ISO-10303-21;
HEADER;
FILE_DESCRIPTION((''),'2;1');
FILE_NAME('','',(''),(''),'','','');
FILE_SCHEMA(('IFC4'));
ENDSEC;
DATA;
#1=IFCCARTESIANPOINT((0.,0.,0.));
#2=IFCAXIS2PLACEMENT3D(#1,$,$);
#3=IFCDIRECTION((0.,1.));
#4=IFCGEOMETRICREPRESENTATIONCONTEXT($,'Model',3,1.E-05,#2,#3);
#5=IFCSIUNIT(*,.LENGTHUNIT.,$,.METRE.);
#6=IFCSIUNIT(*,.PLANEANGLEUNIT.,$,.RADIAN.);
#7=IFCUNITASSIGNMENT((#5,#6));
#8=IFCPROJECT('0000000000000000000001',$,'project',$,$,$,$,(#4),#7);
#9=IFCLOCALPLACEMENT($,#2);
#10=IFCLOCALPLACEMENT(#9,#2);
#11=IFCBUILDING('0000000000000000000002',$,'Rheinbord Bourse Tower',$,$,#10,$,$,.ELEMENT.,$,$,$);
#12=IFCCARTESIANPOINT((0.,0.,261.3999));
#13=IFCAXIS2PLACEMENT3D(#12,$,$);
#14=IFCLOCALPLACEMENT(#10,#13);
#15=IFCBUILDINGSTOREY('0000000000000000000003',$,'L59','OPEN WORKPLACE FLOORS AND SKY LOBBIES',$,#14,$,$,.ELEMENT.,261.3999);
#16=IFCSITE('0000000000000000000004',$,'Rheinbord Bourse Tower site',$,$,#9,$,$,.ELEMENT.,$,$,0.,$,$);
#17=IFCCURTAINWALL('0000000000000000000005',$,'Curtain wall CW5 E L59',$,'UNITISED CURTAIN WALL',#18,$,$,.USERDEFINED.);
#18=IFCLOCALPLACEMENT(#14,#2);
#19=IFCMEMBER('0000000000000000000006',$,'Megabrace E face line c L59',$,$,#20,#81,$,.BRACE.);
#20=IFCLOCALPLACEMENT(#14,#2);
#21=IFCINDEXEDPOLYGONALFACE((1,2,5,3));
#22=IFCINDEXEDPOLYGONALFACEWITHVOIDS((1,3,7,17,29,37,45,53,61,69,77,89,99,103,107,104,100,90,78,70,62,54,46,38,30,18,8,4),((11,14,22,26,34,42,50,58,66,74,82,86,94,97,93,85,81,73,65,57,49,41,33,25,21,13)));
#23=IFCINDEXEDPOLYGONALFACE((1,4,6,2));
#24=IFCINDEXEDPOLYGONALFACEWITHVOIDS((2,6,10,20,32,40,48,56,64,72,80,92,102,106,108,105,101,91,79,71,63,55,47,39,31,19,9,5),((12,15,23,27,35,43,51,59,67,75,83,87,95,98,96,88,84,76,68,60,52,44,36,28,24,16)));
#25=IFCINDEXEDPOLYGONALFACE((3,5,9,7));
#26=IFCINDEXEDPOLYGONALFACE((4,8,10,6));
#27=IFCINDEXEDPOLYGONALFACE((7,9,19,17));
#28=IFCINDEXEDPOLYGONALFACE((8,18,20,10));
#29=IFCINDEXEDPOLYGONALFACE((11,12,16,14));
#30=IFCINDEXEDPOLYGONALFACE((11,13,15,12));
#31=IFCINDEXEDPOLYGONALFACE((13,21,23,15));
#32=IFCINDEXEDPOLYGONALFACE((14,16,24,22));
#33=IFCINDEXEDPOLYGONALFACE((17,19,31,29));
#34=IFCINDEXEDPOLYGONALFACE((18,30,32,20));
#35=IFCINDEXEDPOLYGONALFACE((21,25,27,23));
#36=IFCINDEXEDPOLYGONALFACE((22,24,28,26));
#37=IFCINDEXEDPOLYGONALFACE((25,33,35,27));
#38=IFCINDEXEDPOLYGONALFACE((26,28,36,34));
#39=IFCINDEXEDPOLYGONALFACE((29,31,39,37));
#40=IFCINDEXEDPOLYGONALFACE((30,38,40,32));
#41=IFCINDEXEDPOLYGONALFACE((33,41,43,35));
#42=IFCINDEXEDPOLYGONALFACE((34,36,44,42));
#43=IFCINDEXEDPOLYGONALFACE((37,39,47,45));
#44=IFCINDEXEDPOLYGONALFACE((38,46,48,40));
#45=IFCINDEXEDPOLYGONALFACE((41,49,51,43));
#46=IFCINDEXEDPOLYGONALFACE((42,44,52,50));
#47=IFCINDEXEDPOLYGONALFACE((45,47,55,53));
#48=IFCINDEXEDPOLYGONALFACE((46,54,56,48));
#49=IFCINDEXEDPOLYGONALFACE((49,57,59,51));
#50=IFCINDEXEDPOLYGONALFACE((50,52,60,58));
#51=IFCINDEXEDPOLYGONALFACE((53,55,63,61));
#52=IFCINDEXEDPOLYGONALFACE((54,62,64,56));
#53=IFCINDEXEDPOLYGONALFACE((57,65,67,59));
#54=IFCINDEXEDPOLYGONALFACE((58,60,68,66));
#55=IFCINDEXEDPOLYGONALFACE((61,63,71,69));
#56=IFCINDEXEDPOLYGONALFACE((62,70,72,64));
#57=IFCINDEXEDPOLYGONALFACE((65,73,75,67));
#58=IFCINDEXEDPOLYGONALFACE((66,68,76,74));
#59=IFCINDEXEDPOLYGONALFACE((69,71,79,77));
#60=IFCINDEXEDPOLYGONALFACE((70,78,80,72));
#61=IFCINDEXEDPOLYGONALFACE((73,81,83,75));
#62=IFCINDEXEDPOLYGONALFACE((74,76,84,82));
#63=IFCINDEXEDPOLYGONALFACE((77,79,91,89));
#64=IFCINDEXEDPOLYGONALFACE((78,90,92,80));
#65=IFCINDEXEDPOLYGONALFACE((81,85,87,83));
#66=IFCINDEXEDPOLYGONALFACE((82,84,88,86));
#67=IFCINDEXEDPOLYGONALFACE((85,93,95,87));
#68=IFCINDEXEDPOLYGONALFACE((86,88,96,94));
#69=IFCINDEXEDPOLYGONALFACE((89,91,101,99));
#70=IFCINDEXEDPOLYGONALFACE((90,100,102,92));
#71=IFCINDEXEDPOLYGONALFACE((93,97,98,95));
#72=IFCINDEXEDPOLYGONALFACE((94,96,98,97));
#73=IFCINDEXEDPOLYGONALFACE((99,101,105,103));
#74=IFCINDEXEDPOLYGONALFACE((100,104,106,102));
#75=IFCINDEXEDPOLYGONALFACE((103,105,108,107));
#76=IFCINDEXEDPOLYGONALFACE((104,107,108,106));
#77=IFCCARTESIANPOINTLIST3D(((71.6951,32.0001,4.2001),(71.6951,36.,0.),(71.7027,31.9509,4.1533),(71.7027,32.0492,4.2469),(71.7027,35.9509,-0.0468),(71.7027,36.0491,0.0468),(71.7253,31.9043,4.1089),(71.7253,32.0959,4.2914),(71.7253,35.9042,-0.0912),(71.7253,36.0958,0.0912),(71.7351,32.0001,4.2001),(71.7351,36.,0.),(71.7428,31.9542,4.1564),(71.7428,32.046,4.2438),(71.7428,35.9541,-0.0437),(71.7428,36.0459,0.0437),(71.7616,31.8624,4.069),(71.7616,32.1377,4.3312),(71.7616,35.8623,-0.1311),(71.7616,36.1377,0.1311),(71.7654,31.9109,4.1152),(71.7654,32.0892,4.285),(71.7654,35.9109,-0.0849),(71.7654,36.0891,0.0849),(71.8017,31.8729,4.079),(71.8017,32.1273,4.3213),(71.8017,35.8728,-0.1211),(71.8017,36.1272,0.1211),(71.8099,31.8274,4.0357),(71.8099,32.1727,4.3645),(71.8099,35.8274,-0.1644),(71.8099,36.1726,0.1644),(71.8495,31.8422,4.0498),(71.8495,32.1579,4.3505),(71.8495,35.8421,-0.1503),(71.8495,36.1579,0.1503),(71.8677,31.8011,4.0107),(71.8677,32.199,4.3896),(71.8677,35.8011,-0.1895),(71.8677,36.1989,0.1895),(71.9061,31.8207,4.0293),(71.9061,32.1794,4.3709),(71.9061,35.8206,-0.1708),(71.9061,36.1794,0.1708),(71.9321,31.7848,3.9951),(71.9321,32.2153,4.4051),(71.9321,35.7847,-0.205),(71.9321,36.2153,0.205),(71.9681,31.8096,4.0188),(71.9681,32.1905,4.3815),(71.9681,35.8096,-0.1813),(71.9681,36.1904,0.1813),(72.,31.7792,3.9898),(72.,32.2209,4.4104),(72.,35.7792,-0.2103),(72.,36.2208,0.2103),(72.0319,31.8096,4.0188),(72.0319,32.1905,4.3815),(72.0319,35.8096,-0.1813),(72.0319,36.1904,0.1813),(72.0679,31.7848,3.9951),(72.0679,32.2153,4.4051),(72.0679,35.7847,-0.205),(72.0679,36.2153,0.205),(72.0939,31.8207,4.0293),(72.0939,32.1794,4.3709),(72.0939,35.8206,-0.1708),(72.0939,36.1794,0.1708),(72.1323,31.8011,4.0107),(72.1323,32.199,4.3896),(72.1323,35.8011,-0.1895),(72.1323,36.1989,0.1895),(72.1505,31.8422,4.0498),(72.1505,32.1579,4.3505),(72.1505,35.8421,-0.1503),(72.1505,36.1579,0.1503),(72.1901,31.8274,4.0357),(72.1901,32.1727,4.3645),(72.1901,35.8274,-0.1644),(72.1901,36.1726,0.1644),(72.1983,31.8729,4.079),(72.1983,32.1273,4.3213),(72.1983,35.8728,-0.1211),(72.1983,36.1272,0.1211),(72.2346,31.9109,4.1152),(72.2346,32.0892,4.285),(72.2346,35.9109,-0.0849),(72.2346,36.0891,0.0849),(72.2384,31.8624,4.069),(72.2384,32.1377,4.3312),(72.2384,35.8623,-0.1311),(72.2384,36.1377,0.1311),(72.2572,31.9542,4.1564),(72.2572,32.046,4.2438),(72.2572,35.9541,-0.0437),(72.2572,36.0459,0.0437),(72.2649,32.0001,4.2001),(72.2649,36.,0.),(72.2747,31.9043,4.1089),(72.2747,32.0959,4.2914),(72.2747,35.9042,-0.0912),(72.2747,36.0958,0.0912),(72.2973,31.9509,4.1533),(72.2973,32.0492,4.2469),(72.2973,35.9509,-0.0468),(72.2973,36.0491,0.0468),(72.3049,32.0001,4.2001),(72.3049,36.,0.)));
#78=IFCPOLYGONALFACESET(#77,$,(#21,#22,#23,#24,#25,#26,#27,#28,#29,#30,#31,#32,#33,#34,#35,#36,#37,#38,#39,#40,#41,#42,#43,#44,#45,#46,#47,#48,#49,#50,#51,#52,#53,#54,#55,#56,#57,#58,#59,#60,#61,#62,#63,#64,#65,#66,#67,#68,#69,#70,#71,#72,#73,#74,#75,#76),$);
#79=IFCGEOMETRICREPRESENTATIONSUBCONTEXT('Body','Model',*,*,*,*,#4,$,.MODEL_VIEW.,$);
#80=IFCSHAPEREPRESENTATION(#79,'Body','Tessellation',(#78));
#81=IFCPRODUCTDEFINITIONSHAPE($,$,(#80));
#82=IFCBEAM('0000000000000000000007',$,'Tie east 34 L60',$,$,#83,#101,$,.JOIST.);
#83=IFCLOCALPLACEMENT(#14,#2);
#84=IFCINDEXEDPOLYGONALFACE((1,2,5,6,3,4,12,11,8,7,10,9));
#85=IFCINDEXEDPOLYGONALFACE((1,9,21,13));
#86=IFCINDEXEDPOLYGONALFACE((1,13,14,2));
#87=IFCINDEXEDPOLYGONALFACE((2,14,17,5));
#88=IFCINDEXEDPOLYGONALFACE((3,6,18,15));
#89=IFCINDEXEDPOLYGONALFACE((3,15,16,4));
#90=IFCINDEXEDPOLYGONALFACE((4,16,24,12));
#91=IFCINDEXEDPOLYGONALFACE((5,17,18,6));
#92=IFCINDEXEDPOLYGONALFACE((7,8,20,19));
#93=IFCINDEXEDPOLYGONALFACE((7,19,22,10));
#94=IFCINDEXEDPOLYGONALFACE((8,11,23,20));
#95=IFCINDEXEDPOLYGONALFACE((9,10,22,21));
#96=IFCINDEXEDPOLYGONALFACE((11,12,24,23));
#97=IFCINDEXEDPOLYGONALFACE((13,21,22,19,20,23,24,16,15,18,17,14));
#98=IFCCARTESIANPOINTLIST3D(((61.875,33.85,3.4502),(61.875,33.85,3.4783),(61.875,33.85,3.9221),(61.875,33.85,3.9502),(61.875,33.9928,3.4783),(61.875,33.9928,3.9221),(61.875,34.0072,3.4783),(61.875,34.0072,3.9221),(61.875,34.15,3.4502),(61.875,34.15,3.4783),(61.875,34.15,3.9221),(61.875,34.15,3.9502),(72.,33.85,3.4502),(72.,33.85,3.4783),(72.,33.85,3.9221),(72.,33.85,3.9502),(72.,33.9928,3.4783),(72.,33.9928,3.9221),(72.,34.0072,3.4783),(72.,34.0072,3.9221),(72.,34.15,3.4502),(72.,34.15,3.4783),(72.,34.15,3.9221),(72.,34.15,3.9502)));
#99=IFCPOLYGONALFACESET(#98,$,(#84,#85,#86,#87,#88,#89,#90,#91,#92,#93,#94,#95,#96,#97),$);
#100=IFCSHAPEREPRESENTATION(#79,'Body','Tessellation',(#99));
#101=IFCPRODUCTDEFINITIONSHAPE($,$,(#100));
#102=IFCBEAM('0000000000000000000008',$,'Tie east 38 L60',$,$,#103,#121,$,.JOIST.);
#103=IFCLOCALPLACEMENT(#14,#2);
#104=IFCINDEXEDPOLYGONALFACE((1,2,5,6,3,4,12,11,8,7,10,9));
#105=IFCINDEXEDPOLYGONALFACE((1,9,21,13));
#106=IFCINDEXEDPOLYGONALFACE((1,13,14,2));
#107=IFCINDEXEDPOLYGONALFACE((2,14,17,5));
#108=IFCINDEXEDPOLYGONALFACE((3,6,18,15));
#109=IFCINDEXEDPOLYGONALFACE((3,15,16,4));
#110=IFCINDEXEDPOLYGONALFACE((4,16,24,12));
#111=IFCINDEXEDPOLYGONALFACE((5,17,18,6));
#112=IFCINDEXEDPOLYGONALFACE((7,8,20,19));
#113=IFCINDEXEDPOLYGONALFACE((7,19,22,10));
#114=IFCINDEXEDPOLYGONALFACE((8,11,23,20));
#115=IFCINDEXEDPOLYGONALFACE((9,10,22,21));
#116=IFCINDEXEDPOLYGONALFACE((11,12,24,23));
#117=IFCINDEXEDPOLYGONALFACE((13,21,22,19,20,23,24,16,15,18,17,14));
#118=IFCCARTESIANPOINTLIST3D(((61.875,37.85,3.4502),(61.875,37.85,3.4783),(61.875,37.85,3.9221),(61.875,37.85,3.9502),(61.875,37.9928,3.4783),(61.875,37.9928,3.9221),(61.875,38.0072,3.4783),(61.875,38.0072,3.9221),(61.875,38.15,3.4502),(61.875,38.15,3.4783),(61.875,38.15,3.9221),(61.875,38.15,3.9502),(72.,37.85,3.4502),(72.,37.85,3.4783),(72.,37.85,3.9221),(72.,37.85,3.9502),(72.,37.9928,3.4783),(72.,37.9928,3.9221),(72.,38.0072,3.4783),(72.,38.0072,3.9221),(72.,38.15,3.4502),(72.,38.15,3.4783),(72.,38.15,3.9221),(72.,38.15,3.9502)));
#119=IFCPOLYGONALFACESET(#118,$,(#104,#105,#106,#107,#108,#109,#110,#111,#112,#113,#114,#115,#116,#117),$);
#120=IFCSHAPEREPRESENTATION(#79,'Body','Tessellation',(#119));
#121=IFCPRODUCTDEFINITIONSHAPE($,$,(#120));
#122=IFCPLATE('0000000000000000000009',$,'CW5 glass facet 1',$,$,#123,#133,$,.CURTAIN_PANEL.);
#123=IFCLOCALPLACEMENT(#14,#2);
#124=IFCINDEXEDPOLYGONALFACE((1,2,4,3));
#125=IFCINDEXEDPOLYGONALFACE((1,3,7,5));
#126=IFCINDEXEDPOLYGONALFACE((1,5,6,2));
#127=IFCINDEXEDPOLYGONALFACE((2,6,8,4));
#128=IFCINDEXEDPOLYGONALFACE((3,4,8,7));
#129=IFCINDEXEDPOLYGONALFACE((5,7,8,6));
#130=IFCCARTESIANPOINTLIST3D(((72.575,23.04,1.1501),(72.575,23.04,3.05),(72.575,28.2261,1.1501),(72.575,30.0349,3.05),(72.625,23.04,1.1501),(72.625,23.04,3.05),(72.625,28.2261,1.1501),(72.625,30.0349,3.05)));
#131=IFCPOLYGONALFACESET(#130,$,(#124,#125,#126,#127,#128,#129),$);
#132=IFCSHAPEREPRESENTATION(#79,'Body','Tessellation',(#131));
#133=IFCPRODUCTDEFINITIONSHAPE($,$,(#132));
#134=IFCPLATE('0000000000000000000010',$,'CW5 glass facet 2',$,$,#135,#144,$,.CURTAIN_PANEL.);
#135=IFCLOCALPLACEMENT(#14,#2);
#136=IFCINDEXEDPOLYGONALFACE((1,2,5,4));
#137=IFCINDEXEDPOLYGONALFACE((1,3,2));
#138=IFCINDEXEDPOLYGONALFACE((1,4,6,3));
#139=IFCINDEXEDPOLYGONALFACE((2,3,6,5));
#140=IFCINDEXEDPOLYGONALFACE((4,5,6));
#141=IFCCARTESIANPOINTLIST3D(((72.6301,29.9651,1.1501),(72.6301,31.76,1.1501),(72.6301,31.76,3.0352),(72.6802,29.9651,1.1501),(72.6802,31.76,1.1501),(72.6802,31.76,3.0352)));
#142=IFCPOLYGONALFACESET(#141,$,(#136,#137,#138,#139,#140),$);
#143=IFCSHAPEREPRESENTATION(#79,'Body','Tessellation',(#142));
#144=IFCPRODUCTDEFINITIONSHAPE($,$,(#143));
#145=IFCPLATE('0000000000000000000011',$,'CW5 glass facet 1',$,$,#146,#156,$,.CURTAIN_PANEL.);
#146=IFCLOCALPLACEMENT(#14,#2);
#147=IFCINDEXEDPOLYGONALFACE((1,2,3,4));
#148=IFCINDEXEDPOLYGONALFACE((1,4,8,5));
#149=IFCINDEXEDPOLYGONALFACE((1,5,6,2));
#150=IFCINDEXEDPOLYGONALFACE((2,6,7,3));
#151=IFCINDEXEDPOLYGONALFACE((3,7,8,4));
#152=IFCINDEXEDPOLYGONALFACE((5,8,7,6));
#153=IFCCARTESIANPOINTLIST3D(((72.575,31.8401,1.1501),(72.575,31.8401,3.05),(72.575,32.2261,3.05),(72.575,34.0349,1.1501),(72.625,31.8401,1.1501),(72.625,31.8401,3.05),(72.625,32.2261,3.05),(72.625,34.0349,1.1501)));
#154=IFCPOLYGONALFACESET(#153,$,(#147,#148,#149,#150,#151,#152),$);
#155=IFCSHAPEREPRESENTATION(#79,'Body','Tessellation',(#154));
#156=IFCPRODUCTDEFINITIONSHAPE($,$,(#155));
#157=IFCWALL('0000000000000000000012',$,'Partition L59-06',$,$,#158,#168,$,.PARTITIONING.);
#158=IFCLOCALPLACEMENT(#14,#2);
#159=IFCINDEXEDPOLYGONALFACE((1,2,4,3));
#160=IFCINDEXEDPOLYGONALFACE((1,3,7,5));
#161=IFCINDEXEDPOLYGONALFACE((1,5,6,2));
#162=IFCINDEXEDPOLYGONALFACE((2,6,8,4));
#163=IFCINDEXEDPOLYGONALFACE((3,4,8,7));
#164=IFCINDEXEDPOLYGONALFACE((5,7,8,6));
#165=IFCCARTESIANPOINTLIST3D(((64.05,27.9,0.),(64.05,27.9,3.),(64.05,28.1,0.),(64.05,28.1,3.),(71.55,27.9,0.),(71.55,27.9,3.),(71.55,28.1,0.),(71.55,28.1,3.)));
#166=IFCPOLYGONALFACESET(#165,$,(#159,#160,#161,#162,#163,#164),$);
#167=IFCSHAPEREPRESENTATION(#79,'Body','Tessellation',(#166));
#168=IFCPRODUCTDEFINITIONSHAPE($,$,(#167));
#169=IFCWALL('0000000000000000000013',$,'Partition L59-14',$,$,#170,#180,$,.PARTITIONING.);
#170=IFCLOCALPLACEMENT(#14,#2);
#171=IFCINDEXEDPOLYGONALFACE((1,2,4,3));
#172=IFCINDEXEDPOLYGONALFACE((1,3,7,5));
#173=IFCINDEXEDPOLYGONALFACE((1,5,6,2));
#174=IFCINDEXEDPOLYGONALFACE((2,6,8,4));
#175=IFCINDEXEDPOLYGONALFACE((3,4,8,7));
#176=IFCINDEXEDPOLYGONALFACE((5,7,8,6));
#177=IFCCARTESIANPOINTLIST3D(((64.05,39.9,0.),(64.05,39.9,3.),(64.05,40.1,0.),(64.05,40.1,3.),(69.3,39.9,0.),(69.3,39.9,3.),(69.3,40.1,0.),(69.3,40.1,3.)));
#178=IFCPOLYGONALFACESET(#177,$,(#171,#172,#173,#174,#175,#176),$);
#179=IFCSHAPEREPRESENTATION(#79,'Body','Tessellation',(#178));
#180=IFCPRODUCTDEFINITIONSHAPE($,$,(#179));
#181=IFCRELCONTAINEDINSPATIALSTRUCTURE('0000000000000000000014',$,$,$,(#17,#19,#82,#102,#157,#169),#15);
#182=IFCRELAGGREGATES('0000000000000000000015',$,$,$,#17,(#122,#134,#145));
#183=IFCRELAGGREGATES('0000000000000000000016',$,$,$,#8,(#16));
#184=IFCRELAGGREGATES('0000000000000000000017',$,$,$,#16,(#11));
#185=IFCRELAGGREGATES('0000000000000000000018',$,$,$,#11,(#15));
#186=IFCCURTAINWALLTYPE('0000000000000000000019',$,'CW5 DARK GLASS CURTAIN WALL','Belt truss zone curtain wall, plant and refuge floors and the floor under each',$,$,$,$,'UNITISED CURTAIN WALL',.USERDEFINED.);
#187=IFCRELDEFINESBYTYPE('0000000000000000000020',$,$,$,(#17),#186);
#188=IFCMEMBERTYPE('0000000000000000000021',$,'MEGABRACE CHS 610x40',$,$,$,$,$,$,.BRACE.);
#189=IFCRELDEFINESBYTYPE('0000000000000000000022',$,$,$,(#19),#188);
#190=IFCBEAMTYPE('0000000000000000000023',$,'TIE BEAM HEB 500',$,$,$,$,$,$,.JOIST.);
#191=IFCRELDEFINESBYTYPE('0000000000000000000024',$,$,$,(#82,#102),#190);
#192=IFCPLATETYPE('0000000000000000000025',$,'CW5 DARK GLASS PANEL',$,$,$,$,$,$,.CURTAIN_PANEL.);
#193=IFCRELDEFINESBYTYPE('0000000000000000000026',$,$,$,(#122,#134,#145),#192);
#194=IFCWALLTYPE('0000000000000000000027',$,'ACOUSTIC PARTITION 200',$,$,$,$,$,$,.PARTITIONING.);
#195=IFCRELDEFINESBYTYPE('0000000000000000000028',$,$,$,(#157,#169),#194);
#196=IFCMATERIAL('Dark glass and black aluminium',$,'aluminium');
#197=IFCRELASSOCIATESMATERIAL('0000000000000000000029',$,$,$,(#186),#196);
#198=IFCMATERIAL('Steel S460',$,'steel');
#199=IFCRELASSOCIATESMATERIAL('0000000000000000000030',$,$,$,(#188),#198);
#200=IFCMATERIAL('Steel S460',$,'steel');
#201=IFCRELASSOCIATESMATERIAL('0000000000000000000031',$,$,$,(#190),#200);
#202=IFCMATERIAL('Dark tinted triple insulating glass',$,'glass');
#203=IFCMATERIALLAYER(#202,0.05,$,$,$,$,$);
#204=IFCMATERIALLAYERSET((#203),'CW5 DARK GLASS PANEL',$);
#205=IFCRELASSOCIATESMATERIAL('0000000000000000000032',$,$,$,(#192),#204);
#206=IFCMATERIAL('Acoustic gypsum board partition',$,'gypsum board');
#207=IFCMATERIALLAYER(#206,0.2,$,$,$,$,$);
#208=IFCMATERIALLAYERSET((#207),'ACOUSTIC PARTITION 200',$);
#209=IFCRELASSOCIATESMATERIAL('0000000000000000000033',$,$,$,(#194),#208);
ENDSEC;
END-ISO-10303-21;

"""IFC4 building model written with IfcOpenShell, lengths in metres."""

from ifc_helpers import new_model, si_unit, direction, frame, frame_2d, origin, origin_2d, place, context, subcontext, project, spatial, polyline, rectangle, hollow_circle, i_section, outline, extrude, material, layer, layer_set, material_profile, profile_set, type_object, element, aggregate, save


model = new_model("IFC4")

# Units and contexts
model_context = context("Model", 3, precision=1e-05, world=origin(), true_north=direction((0.0, 1.0)))
body_context = subcontext(model_context, "Body", "Model", "MODEL_VIEW")
ifc_project = project(units=[si_unit("LENGTHUNIT", "METRE"), si_unit("PLANEANGLEUNIT", "RADIAN")], contexts=[model_context])

# Site, building, storey
site_placement = place(None, origin())
site = spatial("IfcSite", under=ifc_project, at=site_placement, Name="Rheinbord Bourse Tower site", CompositionType="ELEMENT", RefElevation=0.0)
building_placement = place(site_placement, origin())
building = spatial("IfcBuilding", under=site, at=building_placement, Name="Rheinbord Bourse Tower", CompositionType="ELEMENT")
storey_placement = place(building_placement, frame((0.0, 0.0, 261.3999)))
storey = spatial("IfcBuildingStorey", under=building, at=storey_placement, Name="L59", Description="OPEN WORKPLACE FLOORS AND SKY LOBBIES", CompositionType="ELEMENT", Elevation=261.3999)

# Curtain wall
ifc_material_1 = material(Name="Dark glass and black aluminium", Category="aluminium")
curtain_wall_type = type_object("IfcCurtainWallType", Name="CW5 DARK GLASS CURTAIN WALL", Description="Belt truss zone curtain wall, plant and refuge floors and the floor under each", ElementType="UNITISED CURTAIN WALL", PredefinedType="USERDEFINED", material=ifc_material_1)
curtain_wall_placement = place(storey_placement, origin())
curtain_wall = element("IfcCurtainWall", 1, at=curtain_wall_placement, inside=storey, type_object=curtain_wall_type, Name="Curtain wall CW5 E L59", ObjectType="UNITISED CURTAIN WALL", PredefinedType="USERDEFINED")

# Member
ifc_material_2 = material(Name="Steel S460", Category="steel")
ifc_material_profile_1 = material_profile(ifc_material_2, hollow_circle(Radius=0.3049, WallThickness=0.04, at=origin_2d()), Name="CHS 610x40")
ifc_profile_set_1 = profile_set([ifc_material_profile_1], Name="Steel S460")
member_type_1 = type_object("IfcMemberType", Name="MEGABRACE CHS 610x40", PredefinedType="BRACE", material=ifc_profile_set_1)
for number, where, z_axis, x_axis, name in (
    (2, (72.0, 36.0, 0.0), (0.0, -0.689638, 0.724154), (1.0, 0.0, 0.0), "Megabrace E face line c L59"),
):
    element("IfcMember", number, at=place(storey_placement, frame(where, z_axis=z_axis, x_axis=x_axis)), inside=storey, type_object=member_type_1, Name=name, PredefinedType="BRACE", context=body_context, shape_type="SweptSolid", body=[
        extrude(hollow_circle(Radius=0.3049, WallThickness=0.04, at=origin_2d()), origin(), (0.0, 0.0, 1.0), 5.8),
    ])

# Beams
ifc_material_3 = material(Name="Steel S460", Category="steel")
ifc_material_profile_2 = material_profile(ifc_material_3, i_section(OverallWidth=0.3, OverallDepth=0.5, WebThickness=0.0144, FlangeThickness=0.0281, at=origin_2d()), Name="HEB 500")
ifc_profile_set_2 = profile_set([ifc_material_profile_2], Name="Steel S460")
beam_type_1 = type_object("IfcBeamType", Name="TIE BEAM HEB 500", PredefinedType="JOIST", material=ifc_profile_set_2)
for number, where, z_axis, x_axis, name in (
    (3, (61.875, 34.0, 3.7002), (1.0, 0.0, 0.0), (0.0, 1.0, 0.0), "Tie east 34 L60"),
    (4, (61.875, 38.0, 3.7002), (1.0, 0.0, 0.0), (0.0, 1.0, 0.0), "Tie east 38 L60"),
):
    element("IfcBeam", number, at=place(storey_placement, frame(where, z_axis=z_axis, x_axis=x_axis)), inside=storey, type_object=beam_type_1, Name=name, PredefinedType="JOIST", context=body_context, shape_type="SweptSolid", body=[
        extrude(i_section(OverallWidth=0.3, OverallDepth=0.5, WebThickness=0.0144, FlangeThickness=0.0281, at=origin_2d()), origin(), (0.0, 0.0, 1.0), 10.125),
    ])

# Plates
ifc_material_4 = material(Name="Dark tinted triple insulating glass", Category="glass")
ifc_layer_1 = layer(ifc_material_4, 0.05)
ifc_layer_set_1 = layer_set([ifc_layer_1], Name="CW5 DARK GLASS PANEL")
plate_type = type_object("IfcPlateType", Name="CW5 DARK GLASS PANEL", PredefinedType="CURTAIN_PANEL", material=ifc_layer_set_1)
plate_1_placement = place(storey_placement, frame((72.625, 23.04, 1.1501), z_axis=(-1.0, 0.0, 0.0), x_axis=(0.0, 0.0, 1.0)))
plate_1 = element("IfcPlate", 5, at=plate_1_placement, type_object=plate_type, Name="CW5 glass facet 1", PredefinedType="CURTAIN_PANEL", context=body_context, shape_type="SweptSolid", body=[
    extrude(outline(polyline([(0.0, 0.0), (1.8999, 0.0), (1.8999, 6.9949), (0.0, 5.186), (0.0, 0.0)])), origin(), (0.0, 0.0, 1.0), 0.05),
])
plate_2_placement = place(storey_placement, frame((72.6802, 31.76, 1.1501), z_axis=(-1.0, 0.0, 0.0), x_axis=(0.0, -1.0, 0.0)))
plate_2 = element("IfcPlate", 6, at=plate_2_placement, type_object=plate_type, Name="CW5 glass facet 2", PredefinedType="CURTAIN_PANEL", context=body_context, shape_type="SweptSolid", body=[
    extrude(outline(polyline([(0.0, 0.0), (1.7949, 0.0), (0.0, 1.885), (0.0, 0.0)])), origin(), (0.0, 0.0, 1.0), 0.05),
])
plate_3_placement = place(storey_placement, frame((72.625, 31.8401, 1.1501), z_axis=(-1.0, 0.0, 0.0), x_axis=(0.0, 0.0, 1.0)))
plate_3 = element("IfcPlate", 7, at=plate_3_placement, type_object=plate_type, Name="CW5 glass facet 1", PredefinedType="CURTAIN_PANEL", context=body_context, shape_type="SweptSolid", body=[
    extrude(outline(polyline([(0.0, 0.0), (1.8999, 0.0), (1.8999, 0.386), (0.0, 2.1948), (0.0, 0.0)])), origin(), (0.0, 0.0, 1.0), 0.05),
])
aggregate(curtain_wall, [plate_1, plate_2, plate_3])

# Walls
ifc_material_5 = material(Name="Acoustic gypsum board partition", Category="gypsum board")
ifc_layer_2 = layer(ifc_material_5, 0.2)
ifc_layer_set_2 = layer_set([ifc_layer_2], Name="ACOUSTIC PARTITION 200")
wall_type_1 = type_object("IfcWallType", Name="ACOUSTIC PARTITION 200", PredefinedType="PARTITIONING", material=ifc_layer_set_2)
wall_1_placement = place(storey_placement, frame((64.05, 28.0, 0.0), z_axis=(0.0, 0.0, 1.0), x_axis=(1.0, 0.0, 0.0)))
element("IfcWall", 8, at=wall_1_placement, inside=storey, type_object=wall_type_1, Name="Partition L59-06", PredefinedType="PARTITIONING", context=body_context, shape_type="SweptSolid", body=[
    extrude(rectangle(XDim=7.5, YDim=0.2, at=frame_2d((3.75, 0.0))), origin(), (0.0, 0.0, 1.0), 3.0),
])
wall_2_placement = place(storey_placement, frame((64.05, 40.0, 0.0), z_axis=(0.0, 0.0, 1.0), x_axis=(1.0, 0.0, 0.0)))
element("IfcWall", 9, at=wall_2_placement, inside=storey, type_object=wall_type_1, Name="Partition L59-14", PredefinedType="PARTITIONING", context=body_context, shape_type="SweptSolid", body=[
    extrude(rectangle(XDim=5.25, YDim=0.2, at=frame_2d((2.625, 0.0))), origin(), (0.0, 0.0, 1.0), 3.0),
])

save(model, "model.ifc")
